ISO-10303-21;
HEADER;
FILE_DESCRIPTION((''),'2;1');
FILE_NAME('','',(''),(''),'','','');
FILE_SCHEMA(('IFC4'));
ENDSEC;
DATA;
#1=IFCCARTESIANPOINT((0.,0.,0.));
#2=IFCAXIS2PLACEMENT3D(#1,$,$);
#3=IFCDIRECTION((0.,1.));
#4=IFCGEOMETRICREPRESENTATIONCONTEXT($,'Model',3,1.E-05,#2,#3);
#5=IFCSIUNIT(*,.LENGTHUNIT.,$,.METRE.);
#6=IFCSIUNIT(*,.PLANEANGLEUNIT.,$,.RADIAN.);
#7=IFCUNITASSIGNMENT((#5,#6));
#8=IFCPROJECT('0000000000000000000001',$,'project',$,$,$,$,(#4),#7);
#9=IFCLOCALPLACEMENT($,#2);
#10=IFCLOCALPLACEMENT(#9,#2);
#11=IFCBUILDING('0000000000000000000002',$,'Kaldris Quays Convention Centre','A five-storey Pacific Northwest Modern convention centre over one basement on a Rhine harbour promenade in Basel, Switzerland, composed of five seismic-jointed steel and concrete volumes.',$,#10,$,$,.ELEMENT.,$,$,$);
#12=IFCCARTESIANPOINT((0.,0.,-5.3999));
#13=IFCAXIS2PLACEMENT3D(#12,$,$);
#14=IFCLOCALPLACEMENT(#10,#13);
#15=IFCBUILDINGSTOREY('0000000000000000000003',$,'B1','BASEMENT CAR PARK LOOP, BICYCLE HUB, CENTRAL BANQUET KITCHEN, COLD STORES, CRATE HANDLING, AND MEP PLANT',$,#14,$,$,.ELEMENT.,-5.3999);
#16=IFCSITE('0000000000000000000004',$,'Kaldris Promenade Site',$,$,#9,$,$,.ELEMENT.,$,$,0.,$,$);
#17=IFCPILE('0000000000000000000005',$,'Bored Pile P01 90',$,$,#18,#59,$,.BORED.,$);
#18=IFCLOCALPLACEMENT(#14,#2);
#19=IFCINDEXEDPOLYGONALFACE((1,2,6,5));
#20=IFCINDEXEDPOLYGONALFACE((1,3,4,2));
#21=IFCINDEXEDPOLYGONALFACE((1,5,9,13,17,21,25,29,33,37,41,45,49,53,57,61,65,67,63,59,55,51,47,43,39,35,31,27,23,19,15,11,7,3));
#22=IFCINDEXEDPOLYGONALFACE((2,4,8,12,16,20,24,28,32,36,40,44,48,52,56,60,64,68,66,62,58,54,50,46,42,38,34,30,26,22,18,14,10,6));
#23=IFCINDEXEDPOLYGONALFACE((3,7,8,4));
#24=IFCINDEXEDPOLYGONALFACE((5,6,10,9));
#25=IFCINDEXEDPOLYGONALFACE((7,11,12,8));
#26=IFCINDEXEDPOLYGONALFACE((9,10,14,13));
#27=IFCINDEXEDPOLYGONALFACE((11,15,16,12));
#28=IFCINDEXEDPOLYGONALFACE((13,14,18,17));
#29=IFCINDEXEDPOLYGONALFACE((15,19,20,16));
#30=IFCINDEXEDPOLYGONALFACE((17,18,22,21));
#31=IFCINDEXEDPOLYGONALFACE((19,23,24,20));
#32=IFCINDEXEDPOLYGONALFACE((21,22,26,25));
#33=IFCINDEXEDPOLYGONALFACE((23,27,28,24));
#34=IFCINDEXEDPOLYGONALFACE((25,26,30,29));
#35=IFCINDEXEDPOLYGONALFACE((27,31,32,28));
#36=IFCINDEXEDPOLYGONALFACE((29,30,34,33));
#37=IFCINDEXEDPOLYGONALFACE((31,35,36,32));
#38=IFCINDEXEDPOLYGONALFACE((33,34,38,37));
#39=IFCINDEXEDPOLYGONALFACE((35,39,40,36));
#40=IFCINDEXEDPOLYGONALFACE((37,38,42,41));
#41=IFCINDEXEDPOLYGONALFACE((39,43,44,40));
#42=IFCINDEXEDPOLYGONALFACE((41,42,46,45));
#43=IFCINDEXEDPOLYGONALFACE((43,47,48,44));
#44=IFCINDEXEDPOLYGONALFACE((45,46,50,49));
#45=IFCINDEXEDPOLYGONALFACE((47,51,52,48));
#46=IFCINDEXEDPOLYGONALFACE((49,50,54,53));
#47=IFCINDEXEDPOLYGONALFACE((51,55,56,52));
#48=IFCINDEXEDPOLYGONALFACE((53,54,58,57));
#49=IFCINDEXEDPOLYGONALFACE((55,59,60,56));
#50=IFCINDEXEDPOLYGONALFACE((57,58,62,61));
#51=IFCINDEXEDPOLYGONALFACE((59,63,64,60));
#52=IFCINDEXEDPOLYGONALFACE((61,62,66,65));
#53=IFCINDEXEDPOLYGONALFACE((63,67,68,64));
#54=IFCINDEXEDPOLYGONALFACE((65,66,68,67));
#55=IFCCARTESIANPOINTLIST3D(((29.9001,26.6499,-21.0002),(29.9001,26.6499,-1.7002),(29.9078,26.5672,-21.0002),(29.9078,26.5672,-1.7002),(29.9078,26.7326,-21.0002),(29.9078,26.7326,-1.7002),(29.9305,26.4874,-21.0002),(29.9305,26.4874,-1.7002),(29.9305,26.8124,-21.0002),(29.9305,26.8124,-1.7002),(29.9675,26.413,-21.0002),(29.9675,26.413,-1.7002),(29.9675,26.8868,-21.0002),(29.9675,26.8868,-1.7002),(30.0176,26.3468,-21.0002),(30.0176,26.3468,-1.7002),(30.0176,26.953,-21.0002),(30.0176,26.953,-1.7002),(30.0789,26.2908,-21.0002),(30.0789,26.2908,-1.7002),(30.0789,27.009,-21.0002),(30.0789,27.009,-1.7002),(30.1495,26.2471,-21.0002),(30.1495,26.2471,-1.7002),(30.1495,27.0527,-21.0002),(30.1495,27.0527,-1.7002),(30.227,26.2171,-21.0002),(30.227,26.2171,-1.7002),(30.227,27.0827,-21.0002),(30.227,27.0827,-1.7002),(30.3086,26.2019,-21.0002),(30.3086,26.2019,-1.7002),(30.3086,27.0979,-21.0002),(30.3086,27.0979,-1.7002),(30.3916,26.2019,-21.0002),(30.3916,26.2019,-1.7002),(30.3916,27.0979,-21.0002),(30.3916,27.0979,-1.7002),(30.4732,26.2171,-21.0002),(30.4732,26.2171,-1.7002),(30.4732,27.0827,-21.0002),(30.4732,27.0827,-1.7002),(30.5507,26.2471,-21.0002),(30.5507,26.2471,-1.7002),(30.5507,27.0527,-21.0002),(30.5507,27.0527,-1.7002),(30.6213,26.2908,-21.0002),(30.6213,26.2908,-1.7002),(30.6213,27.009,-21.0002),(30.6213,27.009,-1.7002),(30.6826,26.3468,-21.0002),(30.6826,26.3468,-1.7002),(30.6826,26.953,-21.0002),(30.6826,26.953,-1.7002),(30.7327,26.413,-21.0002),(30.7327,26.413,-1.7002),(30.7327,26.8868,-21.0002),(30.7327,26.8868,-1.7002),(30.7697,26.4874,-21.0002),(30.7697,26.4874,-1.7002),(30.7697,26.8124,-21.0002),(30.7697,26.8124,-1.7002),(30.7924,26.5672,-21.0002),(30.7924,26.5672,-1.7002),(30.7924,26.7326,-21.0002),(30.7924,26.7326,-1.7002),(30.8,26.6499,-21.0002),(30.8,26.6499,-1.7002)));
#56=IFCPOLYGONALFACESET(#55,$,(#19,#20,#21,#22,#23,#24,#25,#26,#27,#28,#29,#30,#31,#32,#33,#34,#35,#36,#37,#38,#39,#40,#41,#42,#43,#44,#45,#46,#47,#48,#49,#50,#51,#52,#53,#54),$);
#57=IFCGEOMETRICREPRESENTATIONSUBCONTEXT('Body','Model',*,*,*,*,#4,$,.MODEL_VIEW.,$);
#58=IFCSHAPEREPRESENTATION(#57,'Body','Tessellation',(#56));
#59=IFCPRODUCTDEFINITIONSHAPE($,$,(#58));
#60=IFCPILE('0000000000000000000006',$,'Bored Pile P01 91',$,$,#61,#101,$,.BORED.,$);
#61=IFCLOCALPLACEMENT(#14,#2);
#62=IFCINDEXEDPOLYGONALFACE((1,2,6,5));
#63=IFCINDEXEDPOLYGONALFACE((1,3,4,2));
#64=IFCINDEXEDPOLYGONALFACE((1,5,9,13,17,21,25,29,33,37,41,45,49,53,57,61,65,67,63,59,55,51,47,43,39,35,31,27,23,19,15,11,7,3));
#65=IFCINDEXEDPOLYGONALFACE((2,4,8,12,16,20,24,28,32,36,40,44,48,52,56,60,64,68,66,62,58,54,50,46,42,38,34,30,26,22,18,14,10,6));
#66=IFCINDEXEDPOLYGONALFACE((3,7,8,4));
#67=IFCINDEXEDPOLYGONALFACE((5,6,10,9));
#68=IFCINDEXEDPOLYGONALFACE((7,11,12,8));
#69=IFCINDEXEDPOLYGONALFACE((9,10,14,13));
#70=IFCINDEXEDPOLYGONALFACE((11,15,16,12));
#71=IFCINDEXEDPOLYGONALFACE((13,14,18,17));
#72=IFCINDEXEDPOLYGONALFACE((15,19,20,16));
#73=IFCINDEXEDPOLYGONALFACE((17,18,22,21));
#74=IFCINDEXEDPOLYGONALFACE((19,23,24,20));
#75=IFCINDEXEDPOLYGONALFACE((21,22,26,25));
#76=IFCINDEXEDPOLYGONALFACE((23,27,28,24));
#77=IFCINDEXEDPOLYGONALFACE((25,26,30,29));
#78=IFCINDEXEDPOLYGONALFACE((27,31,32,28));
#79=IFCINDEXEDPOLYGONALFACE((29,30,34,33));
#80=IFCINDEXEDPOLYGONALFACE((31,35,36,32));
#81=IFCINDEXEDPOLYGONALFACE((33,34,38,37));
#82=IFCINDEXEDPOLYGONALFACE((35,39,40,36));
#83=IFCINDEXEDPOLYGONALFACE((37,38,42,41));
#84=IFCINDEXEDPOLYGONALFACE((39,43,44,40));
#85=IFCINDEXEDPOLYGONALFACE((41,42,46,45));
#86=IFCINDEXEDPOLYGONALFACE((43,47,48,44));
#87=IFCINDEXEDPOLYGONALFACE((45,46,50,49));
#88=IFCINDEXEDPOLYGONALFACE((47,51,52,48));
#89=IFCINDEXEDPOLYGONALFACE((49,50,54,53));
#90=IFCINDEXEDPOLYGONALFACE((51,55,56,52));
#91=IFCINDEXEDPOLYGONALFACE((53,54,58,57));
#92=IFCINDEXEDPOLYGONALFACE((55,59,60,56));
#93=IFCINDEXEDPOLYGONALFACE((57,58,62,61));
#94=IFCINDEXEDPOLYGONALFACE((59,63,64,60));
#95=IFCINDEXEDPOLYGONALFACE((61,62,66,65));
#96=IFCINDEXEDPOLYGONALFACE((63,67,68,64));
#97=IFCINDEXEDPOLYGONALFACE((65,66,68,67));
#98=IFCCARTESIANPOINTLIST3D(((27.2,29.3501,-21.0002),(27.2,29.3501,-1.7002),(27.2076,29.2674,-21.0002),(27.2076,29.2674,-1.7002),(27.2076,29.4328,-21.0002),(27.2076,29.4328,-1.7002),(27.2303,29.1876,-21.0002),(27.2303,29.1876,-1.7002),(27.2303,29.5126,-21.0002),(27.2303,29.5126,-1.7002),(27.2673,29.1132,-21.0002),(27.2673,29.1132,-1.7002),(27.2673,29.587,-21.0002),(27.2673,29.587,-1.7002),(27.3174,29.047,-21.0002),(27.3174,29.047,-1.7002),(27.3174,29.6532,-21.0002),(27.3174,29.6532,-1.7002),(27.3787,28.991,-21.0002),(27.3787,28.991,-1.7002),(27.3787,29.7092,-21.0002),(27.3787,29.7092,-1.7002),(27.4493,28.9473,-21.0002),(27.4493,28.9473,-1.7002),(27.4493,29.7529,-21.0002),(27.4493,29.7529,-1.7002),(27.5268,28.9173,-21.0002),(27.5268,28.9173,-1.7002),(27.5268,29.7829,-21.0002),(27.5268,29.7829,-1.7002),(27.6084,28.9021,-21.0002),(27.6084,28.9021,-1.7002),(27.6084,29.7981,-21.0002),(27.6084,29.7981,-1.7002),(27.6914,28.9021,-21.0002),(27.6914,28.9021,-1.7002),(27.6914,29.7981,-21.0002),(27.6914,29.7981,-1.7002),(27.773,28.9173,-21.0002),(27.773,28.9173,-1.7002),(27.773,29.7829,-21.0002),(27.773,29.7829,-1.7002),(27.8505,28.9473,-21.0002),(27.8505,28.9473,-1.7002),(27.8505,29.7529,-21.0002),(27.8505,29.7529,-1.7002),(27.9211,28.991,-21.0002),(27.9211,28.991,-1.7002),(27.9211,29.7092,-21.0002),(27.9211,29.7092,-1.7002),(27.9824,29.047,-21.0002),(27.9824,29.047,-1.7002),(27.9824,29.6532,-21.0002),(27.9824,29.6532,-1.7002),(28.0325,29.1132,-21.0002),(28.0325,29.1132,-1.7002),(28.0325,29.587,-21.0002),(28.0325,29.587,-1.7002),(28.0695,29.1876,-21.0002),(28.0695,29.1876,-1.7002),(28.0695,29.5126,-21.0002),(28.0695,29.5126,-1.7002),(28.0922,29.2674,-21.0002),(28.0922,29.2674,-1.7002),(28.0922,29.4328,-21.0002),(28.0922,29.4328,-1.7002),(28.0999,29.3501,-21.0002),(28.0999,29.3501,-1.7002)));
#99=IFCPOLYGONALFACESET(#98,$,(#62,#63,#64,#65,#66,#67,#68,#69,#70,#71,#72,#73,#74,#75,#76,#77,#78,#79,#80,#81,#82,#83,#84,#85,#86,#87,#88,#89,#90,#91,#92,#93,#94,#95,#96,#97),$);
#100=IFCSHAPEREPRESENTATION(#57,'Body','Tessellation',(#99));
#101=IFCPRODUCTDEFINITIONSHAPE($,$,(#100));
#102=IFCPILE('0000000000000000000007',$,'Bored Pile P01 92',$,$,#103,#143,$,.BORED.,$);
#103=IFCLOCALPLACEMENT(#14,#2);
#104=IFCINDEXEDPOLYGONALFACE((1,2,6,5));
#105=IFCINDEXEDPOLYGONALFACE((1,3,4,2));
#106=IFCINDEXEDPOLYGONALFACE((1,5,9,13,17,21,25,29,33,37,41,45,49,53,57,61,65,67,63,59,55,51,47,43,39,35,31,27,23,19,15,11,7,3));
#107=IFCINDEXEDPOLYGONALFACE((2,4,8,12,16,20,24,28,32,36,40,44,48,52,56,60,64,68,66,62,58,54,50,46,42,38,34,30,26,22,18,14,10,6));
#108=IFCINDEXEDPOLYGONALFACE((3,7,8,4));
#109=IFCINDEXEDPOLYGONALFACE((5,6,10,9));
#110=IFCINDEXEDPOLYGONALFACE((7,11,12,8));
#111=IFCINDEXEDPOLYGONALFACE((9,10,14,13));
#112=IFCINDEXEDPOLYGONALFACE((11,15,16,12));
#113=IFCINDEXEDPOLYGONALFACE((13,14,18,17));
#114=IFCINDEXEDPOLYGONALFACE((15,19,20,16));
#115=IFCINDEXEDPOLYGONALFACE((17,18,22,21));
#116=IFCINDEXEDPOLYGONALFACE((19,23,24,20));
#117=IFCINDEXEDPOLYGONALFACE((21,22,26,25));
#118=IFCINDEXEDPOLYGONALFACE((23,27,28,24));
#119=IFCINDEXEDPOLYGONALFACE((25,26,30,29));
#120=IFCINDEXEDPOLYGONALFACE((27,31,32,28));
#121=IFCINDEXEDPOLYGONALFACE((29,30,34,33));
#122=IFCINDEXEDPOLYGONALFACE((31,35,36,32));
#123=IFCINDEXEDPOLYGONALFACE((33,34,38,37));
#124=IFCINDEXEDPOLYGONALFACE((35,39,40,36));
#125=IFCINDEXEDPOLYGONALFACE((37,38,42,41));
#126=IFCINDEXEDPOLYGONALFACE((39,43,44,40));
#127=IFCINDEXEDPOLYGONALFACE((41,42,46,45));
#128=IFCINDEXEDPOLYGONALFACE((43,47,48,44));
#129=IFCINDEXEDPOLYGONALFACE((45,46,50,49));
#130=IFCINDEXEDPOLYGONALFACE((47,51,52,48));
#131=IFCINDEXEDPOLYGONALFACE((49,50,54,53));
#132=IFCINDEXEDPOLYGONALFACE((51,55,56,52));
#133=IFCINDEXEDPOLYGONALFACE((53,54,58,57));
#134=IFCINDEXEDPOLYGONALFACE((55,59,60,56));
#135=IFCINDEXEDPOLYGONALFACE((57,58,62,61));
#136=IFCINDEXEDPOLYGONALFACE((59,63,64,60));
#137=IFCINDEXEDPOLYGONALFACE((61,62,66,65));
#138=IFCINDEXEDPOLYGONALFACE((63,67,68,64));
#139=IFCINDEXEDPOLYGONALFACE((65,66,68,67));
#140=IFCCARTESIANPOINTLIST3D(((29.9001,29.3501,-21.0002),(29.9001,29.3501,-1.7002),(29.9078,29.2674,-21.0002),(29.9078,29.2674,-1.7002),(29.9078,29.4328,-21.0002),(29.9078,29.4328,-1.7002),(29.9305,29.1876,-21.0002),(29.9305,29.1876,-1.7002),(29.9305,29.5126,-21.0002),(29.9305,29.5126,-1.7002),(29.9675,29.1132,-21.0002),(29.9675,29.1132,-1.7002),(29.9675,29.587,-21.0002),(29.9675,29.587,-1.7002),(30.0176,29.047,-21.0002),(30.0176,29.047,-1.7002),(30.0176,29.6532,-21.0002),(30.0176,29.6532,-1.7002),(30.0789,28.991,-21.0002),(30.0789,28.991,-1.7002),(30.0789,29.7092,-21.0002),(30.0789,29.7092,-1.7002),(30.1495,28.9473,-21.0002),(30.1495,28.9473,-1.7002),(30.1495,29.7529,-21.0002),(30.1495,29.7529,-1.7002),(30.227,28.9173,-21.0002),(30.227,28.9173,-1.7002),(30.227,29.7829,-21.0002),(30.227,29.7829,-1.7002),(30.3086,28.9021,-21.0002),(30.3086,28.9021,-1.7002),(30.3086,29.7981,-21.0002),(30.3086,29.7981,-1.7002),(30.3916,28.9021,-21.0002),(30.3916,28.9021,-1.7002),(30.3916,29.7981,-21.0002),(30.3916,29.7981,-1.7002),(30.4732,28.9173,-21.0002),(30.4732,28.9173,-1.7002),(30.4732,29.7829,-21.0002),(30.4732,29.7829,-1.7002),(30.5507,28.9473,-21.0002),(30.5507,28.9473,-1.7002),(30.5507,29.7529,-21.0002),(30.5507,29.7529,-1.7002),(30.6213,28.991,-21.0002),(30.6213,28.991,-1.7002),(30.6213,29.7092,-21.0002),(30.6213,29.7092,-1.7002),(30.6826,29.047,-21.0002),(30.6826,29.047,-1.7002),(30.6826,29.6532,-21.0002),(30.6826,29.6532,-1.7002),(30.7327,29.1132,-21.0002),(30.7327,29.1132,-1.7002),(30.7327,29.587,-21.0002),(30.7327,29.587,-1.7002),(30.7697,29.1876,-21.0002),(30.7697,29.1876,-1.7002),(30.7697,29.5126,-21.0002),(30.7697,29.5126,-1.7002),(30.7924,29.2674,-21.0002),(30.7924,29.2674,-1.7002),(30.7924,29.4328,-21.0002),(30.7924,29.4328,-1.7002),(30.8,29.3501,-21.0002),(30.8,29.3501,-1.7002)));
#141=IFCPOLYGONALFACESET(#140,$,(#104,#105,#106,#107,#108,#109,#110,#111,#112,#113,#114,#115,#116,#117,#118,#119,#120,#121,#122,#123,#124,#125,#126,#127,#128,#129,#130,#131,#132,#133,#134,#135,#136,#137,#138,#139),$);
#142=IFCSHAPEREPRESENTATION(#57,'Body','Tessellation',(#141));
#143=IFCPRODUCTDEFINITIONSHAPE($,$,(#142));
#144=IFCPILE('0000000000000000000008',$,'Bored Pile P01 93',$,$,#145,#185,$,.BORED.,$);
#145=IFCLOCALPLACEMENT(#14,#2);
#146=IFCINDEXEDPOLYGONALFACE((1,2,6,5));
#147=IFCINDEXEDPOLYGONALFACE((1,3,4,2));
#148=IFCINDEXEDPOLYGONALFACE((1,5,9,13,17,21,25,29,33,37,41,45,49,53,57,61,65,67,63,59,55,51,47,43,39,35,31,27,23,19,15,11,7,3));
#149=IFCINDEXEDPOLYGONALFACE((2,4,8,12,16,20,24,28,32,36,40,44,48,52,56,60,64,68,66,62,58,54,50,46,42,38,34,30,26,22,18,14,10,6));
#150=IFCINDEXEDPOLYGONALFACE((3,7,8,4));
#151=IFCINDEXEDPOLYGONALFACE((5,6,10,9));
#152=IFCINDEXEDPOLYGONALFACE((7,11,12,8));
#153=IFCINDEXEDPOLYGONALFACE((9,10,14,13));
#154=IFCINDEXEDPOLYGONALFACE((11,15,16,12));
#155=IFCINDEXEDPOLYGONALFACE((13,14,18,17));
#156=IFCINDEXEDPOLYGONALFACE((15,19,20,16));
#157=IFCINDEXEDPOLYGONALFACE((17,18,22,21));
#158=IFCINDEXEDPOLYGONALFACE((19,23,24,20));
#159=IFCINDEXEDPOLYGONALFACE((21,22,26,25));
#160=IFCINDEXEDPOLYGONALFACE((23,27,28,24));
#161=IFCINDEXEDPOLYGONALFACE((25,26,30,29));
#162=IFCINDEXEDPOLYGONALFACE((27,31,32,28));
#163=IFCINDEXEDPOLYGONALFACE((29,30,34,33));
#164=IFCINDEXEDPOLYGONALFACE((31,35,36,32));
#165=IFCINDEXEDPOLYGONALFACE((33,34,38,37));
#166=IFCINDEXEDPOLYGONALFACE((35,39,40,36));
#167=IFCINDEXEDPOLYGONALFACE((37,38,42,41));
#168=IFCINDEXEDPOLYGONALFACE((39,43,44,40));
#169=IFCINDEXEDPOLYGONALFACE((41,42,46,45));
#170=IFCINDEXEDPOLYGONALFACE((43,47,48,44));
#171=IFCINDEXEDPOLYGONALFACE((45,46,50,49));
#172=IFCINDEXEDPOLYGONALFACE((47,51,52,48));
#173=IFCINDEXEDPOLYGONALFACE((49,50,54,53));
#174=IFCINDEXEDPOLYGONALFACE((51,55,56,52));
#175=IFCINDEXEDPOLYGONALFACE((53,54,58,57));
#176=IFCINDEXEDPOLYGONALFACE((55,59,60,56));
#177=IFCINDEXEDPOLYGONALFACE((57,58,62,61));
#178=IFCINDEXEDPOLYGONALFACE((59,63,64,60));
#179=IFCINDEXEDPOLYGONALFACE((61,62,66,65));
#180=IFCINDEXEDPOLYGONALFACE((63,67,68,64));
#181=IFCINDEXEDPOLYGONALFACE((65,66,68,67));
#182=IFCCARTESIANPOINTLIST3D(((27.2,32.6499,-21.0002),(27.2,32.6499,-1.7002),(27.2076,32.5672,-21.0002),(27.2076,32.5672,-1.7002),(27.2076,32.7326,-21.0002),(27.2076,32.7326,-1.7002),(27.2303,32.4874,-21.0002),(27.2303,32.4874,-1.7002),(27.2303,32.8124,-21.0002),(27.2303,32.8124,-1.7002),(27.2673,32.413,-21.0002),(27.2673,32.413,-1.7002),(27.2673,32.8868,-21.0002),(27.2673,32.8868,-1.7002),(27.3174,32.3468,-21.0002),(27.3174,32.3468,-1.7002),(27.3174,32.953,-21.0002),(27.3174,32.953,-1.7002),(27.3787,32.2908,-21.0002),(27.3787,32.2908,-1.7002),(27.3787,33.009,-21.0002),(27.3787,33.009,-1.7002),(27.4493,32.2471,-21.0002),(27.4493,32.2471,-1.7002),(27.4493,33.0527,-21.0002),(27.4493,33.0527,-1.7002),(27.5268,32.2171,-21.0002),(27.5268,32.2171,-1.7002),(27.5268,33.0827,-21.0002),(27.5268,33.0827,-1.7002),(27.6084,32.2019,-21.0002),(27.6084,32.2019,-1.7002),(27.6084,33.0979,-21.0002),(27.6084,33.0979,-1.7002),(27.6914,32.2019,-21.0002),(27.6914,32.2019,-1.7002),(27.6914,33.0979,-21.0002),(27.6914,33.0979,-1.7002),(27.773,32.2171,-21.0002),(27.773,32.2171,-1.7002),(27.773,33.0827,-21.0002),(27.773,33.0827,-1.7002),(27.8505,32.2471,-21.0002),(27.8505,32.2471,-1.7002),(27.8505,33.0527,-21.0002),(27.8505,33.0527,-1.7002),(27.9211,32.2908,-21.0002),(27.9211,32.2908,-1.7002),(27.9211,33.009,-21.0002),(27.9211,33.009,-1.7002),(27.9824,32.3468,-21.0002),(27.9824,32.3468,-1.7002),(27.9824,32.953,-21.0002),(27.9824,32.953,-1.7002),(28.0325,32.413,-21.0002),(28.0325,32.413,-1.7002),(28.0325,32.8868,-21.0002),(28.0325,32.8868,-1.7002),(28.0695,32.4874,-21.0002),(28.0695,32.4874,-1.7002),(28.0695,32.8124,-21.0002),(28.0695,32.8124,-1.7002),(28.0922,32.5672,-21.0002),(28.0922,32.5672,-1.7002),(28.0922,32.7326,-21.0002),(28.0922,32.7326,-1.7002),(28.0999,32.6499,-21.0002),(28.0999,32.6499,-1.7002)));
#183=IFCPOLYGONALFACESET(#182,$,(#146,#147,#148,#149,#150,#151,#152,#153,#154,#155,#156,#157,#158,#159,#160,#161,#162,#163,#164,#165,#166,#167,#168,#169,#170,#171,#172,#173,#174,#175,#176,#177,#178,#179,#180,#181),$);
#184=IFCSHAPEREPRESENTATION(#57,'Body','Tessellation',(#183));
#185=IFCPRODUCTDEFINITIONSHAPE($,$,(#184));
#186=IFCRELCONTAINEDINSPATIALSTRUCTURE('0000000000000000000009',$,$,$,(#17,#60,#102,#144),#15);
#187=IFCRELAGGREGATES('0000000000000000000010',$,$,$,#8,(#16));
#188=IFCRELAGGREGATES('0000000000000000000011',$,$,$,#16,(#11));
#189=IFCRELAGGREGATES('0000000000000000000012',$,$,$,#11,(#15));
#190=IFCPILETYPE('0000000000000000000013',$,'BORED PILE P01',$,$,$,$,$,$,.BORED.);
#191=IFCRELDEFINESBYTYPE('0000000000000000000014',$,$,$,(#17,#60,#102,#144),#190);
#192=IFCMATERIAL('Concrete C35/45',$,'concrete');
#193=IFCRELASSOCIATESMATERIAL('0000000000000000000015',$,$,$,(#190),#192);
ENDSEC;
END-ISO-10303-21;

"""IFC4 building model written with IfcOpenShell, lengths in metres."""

from ifc_helpers import new_model, si_unit, direction, frame, origin, origin_2d, place, context, subcontext, project, spatial, circle, extrude, material, material_profile, profile_set, type_object, element, save


model = new_model("IFC4")

# Units and contexts
model_context = context("Model", 3, precision=1e-05, world=origin(), true_north=direction((0.0, 1.0)))
body_context = subcontext(model_context, "Body", "Model", "MODEL_VIEW")
ifc_project = project(units=[si_unit("LENGTHUNIT", "METRE"), si_unit("PLANEANGLEUNIT", "RADIAN")], contexts=[model_context])

# Site, building, storey
site_placement = place(None, origin())
site = spatial("IfcSite", under=ifc_project, at=site_placement, Name="Kaldris Promenade Site", CompositionType="ELEMENT", RefElevation=0.0)
building_placement = place(site_placement, origin())
building = spatial("IfcBuilding", under=site, at=building_placement, Name="Kaldris Quays Convention Centre", Description="A five-storey Pacific Northwest Modern convention centre over one basement on a Rhine harbour promenade in Basel, Switzerland, composed of five seismic-jointed steel and concrete volumes.", CompositionType="ELEMENT")
storey_placement = place(building_placement, frame((0.0, 0.0, -5.3999)))
storey = spatial("IfcBuildingStorey", under=building, at=storey_placement, Name="B1", Description="BASEMENT CAR PARK LOOP, BICYCLE HUB, CENTRAL BANQUET KITCHEN, COLD STORES, CRATE HANDLING, AND MEP PLANT", CompositionType="ELEMENT", Elevation=-5.3999)

# Piles
ifc_material_1 = material(Name="Concrete C35/45", Category="concrete")
ifc_material_profile_1 = material_profile(ifc_material_1, circle(Radius=0.45, at=origin_2d()), Name="BORED PILE D900")
ifc_profile_set_1 = profile_set([ifc_material_profile_1], Name="Concrete C35/45")
pile_type = type_object("IfcPileType", Name="BORED PILE P01", PredefinedType="BORED", material=ifc_profile_set_1)
for number, where, z_axis, x_axis, name in (
    (1, (30.3501, 26.6499, -1.7002), (0.0, 0.0, -1.0), (1.0, 0.0, 0.0), "Bored Pile P01 90"),
    (2, (27.6499, 29.3501, -1.7002), (0.0, 0.0, -1.0), (1.0, 0.0, 0.0), "Bored Pile P01 91"),
    (3, (30.3501, 29.3501, -1.7002), (0.0, 0.0, -1.0), (1.0, 0.0, 0.0), "Bored Pile P01 92"),
    (4, (27.6499, 32.6499, -1.7002), (0.0, 0.0, -1.0), (1.0, 0.0, 0.0), "Bored Pile P01 93"),
):
    element("IfcPile", number, at=place(storey_placement, frame(where, z_axis=z_axis, x_axis=x_axis)), inside=storey, type_object=pile_type, Name=name, PredefinedType="BORED", context=body_context, shape_type="SweptSolid", body=[
        extrude(circle(Radius=0.45, at=origin_2d()), origin(), (0.0, 0.0, 1.0), 19.3),
    ])

save(model, "model.ifc")
